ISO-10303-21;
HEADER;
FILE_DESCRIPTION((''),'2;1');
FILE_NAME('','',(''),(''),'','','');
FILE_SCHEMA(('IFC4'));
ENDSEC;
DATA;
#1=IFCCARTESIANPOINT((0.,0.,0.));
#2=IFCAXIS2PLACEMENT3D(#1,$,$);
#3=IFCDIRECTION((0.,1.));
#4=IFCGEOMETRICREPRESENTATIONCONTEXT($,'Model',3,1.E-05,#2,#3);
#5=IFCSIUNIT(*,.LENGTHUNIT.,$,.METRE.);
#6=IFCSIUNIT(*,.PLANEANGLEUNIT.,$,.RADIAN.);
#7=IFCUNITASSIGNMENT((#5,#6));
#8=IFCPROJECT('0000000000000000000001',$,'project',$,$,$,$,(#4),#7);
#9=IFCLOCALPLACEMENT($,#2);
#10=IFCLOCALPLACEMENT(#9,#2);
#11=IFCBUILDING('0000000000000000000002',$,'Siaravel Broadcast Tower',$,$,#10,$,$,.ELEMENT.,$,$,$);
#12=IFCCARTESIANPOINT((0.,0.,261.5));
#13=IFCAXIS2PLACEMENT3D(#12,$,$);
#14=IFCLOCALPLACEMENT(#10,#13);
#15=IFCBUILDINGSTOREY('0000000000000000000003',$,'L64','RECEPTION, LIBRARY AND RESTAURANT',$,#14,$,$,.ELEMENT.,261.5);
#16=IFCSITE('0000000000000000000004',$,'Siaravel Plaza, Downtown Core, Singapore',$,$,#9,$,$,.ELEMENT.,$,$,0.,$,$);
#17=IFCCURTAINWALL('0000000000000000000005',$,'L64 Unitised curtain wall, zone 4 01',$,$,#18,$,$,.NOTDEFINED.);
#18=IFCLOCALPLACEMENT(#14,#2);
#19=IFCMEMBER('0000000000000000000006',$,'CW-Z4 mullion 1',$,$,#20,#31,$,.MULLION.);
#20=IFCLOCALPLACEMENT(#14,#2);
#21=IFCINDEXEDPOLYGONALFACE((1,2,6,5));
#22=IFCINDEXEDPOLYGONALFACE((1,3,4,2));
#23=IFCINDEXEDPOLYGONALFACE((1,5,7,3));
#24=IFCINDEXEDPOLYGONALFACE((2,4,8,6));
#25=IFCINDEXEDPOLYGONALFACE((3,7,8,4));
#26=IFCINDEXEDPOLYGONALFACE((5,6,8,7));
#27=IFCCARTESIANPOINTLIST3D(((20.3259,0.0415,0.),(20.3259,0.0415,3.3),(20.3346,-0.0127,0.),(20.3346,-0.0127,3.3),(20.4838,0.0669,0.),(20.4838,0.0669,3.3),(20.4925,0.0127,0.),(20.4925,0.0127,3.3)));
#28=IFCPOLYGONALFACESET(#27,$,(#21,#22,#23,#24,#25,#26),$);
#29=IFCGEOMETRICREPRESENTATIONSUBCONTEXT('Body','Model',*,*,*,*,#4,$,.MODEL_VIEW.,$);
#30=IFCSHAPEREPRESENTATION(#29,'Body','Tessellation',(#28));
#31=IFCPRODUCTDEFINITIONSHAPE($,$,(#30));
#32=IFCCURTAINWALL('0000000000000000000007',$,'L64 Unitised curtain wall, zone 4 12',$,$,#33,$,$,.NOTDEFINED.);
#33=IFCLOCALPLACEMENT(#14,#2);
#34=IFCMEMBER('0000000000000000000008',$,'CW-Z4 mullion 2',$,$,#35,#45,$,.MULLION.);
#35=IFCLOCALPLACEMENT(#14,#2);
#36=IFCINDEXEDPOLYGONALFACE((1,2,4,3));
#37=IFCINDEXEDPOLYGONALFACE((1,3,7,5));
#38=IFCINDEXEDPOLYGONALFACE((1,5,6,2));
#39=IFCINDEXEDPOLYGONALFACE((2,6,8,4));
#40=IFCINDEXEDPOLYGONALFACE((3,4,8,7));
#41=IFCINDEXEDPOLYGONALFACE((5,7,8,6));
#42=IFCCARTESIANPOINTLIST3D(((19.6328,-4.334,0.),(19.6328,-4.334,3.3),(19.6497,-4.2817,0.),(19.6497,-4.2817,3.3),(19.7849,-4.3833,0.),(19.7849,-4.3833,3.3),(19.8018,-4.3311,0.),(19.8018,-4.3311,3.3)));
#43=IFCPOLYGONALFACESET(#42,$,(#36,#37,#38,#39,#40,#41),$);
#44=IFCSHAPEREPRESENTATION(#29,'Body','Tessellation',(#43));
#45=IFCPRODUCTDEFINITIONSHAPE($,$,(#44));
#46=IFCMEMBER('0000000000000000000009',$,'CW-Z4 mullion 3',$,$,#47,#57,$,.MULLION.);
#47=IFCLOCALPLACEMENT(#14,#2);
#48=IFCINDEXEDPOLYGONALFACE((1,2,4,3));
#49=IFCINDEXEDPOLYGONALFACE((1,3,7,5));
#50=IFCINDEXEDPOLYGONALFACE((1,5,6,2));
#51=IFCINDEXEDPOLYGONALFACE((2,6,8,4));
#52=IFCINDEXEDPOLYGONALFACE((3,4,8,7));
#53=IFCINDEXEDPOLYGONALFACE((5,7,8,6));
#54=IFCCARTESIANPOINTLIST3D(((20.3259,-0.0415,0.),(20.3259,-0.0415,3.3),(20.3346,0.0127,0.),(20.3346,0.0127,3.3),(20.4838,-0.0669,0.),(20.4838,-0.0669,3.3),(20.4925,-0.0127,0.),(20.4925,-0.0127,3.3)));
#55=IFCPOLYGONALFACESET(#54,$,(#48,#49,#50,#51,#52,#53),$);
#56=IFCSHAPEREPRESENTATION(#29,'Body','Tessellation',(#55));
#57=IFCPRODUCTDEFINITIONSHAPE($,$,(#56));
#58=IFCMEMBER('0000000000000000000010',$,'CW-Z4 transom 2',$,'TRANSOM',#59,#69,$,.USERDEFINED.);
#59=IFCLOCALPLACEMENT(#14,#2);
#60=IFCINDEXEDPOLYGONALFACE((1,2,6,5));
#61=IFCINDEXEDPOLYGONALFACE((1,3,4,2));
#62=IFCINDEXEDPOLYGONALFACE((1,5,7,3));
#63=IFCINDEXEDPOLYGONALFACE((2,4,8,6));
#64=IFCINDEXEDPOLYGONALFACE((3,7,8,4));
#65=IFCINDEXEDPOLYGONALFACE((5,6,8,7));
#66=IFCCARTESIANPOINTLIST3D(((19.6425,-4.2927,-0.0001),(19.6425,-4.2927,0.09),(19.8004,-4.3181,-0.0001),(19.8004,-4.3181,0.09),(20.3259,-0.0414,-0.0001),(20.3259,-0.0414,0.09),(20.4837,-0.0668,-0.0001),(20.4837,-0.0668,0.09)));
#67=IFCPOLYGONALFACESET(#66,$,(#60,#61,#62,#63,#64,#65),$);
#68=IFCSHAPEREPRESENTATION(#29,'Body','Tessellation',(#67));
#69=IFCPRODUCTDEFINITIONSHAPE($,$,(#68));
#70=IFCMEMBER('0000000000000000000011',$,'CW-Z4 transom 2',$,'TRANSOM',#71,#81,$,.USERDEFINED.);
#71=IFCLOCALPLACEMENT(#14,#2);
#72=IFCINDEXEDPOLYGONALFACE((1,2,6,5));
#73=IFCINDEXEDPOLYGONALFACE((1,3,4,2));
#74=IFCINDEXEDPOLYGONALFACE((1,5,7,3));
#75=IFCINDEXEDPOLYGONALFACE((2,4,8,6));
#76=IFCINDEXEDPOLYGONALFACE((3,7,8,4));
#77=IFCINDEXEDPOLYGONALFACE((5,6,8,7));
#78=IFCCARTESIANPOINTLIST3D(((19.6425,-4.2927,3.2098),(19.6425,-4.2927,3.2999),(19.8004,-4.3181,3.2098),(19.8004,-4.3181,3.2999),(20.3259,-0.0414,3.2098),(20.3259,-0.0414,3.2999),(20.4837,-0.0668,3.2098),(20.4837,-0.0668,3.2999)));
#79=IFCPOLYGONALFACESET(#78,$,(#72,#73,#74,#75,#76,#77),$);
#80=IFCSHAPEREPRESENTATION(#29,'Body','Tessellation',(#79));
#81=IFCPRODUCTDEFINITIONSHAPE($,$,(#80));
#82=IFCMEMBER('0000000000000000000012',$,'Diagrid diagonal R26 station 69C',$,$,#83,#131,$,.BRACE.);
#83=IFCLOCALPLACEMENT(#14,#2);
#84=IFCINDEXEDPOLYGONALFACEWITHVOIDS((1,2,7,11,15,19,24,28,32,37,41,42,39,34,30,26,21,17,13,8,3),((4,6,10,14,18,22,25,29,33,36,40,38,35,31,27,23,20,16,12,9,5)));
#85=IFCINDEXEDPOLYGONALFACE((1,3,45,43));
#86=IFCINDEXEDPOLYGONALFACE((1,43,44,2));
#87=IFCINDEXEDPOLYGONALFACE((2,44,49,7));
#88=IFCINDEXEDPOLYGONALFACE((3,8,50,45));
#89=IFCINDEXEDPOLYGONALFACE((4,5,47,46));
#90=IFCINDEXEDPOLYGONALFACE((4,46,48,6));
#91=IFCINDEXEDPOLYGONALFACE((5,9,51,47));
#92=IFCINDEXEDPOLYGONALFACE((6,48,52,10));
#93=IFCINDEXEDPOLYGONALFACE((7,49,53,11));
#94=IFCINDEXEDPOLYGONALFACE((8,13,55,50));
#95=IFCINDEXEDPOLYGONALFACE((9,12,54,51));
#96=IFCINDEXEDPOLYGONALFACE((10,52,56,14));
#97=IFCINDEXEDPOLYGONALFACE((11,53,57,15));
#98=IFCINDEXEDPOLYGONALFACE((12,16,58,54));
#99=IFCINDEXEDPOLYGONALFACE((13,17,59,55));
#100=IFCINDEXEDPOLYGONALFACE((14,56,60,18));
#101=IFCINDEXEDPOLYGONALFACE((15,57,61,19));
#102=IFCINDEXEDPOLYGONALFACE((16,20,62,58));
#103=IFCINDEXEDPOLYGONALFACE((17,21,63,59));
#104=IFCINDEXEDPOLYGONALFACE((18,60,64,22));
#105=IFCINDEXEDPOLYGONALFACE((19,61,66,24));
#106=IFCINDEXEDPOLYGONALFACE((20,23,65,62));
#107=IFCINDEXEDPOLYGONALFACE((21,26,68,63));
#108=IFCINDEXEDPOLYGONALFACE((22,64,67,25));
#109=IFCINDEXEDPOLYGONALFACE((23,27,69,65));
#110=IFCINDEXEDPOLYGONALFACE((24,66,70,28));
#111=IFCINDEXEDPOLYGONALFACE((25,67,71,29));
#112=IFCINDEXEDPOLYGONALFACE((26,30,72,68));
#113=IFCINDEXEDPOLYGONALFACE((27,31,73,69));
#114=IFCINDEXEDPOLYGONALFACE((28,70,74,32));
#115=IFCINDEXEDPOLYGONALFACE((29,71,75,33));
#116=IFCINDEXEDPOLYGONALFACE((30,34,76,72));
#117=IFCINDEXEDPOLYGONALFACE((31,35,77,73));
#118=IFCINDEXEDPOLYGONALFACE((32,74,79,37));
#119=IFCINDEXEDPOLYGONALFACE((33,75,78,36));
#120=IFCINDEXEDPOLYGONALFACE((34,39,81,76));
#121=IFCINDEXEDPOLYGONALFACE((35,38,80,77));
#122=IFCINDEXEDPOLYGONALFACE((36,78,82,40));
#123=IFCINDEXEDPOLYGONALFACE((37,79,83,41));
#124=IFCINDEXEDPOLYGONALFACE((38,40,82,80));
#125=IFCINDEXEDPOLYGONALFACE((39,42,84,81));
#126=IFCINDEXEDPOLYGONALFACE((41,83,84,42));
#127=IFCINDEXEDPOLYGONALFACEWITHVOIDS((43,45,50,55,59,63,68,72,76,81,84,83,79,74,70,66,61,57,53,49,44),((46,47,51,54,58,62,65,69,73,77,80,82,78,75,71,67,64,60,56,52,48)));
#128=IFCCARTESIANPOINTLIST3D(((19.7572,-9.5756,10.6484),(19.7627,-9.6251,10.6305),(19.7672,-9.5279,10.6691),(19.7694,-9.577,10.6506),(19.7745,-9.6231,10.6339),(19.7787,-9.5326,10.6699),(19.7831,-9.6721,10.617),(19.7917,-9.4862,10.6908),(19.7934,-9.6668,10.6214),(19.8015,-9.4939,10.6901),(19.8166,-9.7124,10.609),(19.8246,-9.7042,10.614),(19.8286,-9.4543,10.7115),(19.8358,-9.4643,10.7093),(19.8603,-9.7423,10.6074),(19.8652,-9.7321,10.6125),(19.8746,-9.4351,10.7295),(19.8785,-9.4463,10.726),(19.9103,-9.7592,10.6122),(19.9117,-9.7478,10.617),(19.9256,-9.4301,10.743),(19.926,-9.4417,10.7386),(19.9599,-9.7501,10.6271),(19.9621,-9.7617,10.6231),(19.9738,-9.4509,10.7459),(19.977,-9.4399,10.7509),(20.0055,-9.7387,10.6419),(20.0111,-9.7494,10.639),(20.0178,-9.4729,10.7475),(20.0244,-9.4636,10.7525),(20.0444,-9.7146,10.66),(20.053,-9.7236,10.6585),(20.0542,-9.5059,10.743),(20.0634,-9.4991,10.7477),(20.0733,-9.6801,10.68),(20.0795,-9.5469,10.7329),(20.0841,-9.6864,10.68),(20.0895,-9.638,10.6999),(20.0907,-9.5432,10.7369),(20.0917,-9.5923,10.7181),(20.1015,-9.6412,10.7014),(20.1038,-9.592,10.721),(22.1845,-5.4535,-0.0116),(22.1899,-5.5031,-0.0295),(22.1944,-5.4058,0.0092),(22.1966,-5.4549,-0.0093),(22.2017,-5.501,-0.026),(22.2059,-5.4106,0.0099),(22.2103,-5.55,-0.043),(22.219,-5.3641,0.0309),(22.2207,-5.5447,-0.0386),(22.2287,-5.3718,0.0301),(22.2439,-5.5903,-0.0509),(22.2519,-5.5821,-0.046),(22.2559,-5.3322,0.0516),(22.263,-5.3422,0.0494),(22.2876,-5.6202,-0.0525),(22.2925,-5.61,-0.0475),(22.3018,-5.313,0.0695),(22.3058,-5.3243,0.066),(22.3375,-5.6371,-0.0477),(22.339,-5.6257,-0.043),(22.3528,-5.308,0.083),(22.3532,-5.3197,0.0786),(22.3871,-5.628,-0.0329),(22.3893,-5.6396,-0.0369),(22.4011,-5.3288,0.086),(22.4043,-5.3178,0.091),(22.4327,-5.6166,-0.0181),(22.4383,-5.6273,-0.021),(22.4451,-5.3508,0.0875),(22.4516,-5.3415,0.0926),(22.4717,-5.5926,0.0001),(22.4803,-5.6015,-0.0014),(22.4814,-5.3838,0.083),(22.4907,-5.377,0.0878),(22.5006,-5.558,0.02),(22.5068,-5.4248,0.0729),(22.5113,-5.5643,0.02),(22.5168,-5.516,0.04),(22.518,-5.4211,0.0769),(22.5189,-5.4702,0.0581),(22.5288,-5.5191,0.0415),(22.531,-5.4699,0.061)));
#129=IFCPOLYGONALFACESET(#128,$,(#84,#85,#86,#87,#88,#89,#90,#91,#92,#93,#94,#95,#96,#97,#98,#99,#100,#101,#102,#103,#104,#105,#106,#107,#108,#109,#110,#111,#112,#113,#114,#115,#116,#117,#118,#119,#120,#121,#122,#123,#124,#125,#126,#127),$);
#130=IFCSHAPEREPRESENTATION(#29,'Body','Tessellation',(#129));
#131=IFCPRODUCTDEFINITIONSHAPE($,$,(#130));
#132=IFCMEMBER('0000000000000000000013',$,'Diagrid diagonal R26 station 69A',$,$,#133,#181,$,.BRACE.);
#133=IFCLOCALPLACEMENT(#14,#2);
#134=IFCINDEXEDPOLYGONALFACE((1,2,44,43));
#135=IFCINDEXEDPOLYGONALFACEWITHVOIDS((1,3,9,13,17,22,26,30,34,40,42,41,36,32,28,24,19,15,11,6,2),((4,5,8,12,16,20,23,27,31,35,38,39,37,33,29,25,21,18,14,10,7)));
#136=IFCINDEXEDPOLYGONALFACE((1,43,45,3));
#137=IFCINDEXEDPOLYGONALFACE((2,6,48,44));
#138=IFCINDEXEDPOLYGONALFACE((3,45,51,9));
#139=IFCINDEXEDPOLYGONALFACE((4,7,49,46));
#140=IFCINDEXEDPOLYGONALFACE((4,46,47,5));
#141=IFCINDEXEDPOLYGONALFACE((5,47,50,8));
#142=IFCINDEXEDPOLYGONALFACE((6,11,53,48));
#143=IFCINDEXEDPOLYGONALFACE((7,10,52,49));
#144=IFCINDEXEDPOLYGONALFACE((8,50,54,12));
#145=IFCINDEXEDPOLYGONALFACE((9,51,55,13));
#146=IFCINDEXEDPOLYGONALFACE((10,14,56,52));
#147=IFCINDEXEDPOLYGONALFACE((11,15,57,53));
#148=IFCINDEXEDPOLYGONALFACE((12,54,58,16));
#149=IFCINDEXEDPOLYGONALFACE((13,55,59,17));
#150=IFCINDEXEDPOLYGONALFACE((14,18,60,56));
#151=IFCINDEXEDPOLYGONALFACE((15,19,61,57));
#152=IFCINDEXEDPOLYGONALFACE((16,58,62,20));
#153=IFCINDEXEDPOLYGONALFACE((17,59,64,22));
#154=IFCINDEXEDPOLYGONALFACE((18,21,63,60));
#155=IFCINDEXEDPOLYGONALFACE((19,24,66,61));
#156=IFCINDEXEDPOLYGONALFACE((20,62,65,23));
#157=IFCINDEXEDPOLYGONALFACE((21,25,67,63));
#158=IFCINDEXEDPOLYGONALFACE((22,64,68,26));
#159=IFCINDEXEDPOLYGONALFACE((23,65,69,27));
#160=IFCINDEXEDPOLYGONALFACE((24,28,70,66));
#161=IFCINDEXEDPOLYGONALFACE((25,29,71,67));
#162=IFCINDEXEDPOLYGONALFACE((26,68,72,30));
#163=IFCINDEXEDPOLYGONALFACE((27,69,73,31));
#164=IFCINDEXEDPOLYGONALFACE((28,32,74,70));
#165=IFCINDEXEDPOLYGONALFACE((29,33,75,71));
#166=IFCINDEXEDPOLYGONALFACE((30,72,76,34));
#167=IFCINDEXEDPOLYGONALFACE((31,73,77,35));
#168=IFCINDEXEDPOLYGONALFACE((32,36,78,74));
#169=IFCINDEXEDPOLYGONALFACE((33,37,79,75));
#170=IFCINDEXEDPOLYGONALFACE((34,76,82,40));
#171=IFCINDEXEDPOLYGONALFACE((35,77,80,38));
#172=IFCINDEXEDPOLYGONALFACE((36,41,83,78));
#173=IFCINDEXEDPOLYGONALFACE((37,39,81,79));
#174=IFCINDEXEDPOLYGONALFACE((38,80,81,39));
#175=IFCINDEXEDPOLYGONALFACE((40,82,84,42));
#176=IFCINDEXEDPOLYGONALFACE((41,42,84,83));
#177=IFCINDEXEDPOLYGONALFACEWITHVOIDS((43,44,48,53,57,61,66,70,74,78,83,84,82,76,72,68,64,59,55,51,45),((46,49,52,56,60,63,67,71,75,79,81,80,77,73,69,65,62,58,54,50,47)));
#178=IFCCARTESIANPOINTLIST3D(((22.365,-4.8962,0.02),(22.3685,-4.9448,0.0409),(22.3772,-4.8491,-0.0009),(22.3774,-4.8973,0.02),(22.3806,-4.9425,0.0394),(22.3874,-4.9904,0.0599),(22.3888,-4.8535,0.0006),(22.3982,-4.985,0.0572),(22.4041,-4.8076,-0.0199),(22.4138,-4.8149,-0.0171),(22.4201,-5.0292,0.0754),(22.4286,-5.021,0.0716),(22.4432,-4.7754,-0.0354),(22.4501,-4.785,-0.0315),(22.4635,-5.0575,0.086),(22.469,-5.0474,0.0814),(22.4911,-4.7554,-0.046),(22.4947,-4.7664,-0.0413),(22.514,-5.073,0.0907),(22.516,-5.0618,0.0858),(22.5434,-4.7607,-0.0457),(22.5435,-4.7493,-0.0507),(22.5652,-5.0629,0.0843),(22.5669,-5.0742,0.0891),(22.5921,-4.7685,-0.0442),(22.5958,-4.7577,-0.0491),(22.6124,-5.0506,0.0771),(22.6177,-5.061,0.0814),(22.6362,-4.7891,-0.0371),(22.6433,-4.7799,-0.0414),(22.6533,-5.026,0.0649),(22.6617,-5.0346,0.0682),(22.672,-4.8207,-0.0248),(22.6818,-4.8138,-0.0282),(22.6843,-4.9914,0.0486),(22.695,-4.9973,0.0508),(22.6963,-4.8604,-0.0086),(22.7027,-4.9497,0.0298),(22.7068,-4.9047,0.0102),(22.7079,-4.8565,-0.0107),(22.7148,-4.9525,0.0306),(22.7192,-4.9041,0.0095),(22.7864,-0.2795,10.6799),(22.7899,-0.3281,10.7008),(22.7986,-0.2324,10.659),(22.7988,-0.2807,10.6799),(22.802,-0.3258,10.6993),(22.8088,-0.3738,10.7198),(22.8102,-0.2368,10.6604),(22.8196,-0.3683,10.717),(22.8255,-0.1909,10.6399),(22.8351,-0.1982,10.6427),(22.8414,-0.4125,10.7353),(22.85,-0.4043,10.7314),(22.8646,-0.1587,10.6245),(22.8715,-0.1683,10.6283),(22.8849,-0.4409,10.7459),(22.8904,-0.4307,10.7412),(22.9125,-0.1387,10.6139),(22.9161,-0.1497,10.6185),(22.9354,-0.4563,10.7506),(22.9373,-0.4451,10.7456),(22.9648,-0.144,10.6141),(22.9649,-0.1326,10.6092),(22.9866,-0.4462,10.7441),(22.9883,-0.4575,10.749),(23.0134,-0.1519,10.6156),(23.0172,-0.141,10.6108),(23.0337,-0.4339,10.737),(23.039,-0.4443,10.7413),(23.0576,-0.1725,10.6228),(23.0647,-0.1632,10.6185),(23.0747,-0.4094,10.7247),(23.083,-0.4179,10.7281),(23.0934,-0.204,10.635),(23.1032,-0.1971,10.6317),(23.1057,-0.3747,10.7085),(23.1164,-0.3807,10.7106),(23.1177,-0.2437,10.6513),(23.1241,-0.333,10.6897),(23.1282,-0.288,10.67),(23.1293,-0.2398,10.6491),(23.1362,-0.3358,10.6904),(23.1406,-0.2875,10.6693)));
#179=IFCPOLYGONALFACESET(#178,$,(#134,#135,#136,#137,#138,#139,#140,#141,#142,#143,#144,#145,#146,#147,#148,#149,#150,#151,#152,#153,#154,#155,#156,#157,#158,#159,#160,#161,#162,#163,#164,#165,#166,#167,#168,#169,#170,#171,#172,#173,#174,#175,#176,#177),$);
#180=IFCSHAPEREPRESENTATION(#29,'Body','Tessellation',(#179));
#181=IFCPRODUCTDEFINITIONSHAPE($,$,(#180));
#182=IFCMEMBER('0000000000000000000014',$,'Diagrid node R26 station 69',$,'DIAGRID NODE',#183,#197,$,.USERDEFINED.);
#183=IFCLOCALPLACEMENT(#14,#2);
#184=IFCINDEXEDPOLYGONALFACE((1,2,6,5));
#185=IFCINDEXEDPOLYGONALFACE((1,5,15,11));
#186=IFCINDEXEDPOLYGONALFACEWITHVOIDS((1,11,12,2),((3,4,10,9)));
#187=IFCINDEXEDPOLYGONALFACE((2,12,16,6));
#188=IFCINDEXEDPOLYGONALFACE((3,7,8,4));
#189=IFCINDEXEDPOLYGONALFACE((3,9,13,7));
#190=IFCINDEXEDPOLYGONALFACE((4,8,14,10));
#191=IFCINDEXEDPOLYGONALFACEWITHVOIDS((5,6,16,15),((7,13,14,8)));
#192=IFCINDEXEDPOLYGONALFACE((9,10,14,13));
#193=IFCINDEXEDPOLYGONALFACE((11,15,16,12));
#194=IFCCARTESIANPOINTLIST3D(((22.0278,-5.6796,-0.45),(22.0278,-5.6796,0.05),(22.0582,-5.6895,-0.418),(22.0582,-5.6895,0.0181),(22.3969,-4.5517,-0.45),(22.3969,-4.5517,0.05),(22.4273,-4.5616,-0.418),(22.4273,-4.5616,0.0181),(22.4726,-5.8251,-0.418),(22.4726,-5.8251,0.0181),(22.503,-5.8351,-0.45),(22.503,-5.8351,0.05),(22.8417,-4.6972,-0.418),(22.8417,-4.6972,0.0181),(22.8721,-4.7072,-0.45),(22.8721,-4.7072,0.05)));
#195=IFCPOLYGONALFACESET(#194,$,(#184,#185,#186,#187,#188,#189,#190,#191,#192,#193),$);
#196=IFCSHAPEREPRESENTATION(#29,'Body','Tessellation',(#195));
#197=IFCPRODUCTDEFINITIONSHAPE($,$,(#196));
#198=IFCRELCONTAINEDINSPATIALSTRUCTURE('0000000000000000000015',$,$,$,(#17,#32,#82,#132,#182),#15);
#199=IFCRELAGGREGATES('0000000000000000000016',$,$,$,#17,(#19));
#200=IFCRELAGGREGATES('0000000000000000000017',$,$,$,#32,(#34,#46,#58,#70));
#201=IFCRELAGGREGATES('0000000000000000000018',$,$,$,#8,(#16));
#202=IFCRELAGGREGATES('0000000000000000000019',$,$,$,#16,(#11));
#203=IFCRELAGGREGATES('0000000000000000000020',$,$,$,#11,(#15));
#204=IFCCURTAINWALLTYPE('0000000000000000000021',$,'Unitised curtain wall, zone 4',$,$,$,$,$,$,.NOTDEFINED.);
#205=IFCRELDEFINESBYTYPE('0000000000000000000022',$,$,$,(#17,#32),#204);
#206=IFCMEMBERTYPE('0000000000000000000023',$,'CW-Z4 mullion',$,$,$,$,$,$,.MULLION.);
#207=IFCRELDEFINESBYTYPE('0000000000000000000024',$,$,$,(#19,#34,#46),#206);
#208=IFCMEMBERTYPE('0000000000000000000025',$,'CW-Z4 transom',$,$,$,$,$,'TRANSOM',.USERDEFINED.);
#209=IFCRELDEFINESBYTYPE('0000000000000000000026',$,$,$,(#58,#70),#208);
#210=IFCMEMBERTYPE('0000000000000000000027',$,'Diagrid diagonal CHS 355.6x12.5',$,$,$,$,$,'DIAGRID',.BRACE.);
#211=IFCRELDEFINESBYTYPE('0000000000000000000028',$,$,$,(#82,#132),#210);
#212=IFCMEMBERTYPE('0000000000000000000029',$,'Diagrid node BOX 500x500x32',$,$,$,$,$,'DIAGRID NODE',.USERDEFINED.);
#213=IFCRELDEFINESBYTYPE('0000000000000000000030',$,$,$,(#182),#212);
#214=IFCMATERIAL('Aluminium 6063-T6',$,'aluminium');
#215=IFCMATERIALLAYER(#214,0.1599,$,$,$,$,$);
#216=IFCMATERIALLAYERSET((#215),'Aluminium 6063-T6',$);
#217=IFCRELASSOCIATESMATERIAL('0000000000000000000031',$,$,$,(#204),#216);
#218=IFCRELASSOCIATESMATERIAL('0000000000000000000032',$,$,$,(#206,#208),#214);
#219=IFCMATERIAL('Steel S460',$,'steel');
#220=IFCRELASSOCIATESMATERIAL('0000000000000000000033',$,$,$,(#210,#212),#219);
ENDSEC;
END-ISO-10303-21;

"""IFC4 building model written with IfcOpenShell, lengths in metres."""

from ifc_helpers import new_model, si_unit, direction, frame, origin, origin_2d, place, context, subcontext, project, spatial, rectangle, hollow_rectangle, hollow_circle, extrude, material, layer, layer_set, material_profile, profile_set, type_object, element, aggregate, save


model = new_model("IFC4")

# Units and contexts
model_context = context("Model", 3, precision=1e-05, world=origin(), true_north=direction((0.0, 1.0)))
body_context = subcontext(model_context, "Body", "Model", "MODEL_VIEW")
ifc_project = project(units=[si_unit("LENGTHUNIT", "METRE"), si_unit("PLANEANGLEUNIT", "RADIAN")], contexts=[model_context])

# Site, building, storey
site_placement = place(None, origin())
site = spatial("IfcSite", under=ifc_project, at=site_placement, Name="Siaravel Plaza, Downtown Core, Singapore", CompositionType="ELEMENT", RefElevation=0.0)
building_placement = place(site_placement, origin())
building = spatial("IfcBuilding", under=site, at=building_placement, Name="Siaravel Broadcast Tower", CompositionType="ELEMENT")
storey_placement = place(building_placement, frame((0.0, 0.0, 261.5)))
storey = spatial("IfcBuildingStorey", under=building, at=storey_placement, Name="L64", Description="RECEPTION, LIBRARY AND RESTAURANT", CompositionType="ELEMENT", Elevation=261.5)

# Curtain wall, member
ifc_material_1 = material(Name="Aluminium 6063-T6", Category="aluminium")
ifc_layer_1 = layer(ifc_material_1, 0.1599)
ifc_layer_set_1 = layer_set([ifc_layer_1], Name="Aluminium 6063-T6")
curtain_wall_type = type_object("IfcCurtainWallType", Name="Unitised curtain wall, zone 4", PredefinedType="NOTDEFINED", material=ifc_layer_set_1)
curtain_wall_1_placement = place(storey_placement, origin())
curtain_wall_1 = element("IfcCurtainWall", 1, at=curtain_wall_1_placement, inside=storey, type_object=curtain_wall_type, Name="L64 Unitised curtain wall, zone 4 01", PredefinedType="NOTDEFINED")
ifc_material_profile_1 = material_profile(ifc_material_1, rectangle(XDim=0.1599, YDim=0.0549, at=origin_2d()))
ifc_profile_set_1 = profile_set([ifc_material_profile_1], Name="Aluminium 6063-T6")
member_type_1 = type_object("IfcMemberType", Name="CW-Z4 mullion", PredefinedType="MULLION", material=ifc_profile_set_1)
member_1_placement = place(storey_placement, frame((20.4092, 0.0271, 0.0), z_axis=(0.0, 0.0, 1.0), x_axis=(-0.987329, -0.158685, 0.0)))
member_1 = element("IfcMember", 2, at=member_1_placement, type_object=member_type_1, Name="CW-Z4 mullion 1", PredefinedType="MULLION", context=body_context, shape_type="SweptSolid", body=[
    extrude(rectangle(XDim=0.1599, YDim=0.0549, at=origin_2d()), origin(), (0.0, 0.0, 1.0), 3.3),
])
aggregate(curtain_wall_1, [member_1])

# Curtain wall, members
curtain_wall_2_placement = place(storey_placement, origin())
curtain_wall_2 = element("IfcCurtainWall", 3, at=curtain_wall_2_placement, inside=storey, type_object=curtain_wall_type, Name="L64 Unitised curtain wall, zone 4 12", PredefinedType="NOTDEFINED")
member_2_placement = place(storey_placement, frame((19.7173, -4.3325, 0.0), z_axis=(0.0, 0.0, 1.0), x_axis=(-0.951178, 0.308644, 0.0)))
member_2 = element("IfcMember", 4, at=member_2_placement, type_object=member_type_1, Name="CW-Z4 mullion 2", PredefinedType="MULLION", context=body_context, shape_type="SweptSolid", body=[
    extrude(rectangle(XDim=0.1599, YDim=0.0549, at=origin_2d()), origin(), (0.0, 0.0, 1.0), 3.3),
])
member_3_placement = place(storey_placement, frame((20.4092, -0.0271, 0.0), z_axis=(0.0, 0.0, 1.0), x_axis=(-0.987329, 0.158685, 0.0)))
member_3 = element("IfcMember", 5, at=member_3_placement, type_object=member_type_1, Name="CW-Z4 mullion 3", PredefinedType="MULLION", context=body_context, shape_type="SweptSolid", body=[
    extrude(rectangle(XDim=0.1599, YDim=0.0549, at=origin_2d()), origin(), (0.0, 0.0, 1.0), 3.3),
])
ifc_material_profile_2 = material_profile(ifc_material_1, rectangle(XDim=0.1599, YDim=0.0901, at=origin_2d()))
ifc_profile_set_2 = profile_set([ifc_material_profile_2], Name="Aluminium 6063-T6")
member_type_2 = type_object("IfcMemberType", Name="CW-Z4 transom", ElementType="TRANSOM", PredefinedType="USERDEFINED", material=ifc_profile_set_2)
member_4_placement = place(storey_placement, frame((19.7214, -4.3054, 0.0449), z_axis=(0.158705, 0.987326, 0.0), x_axis=(-0.987326, 0.158705, 0.0)))
member_4 = element("IfcMember", 6, at=member_4_placement, type_object=member_type_2, Name="CW-Z4 transom 2", ObjectType="TRANSOM", PredefinedType="USERDEFINED", context=body_context, shape_type="SweptSolid", body=[
    extrude(rectangle(XDim=0.1599, YDim=0.0901, at=origin_2d()), origin(), (0.0, 0.0, 1.0), 4.3059),
])
member_5_placement = place(storey_placement, frame((19.7214, -4.3054, 3.2549), z_axis=(0.158705, 0.987326, 0.0), x_axis=(-0.987326, 0.158705, 0.0)))
member_5 = element("IfcMember", 7, at=member_5_placement, type_object=member_type_2, Name="CW-Z4 transom 2", ObjectType="TRANSOM", PredefinedType="USERDEFINED", context=body_context, shape_type="SweptSolid", body=[
    extrude(rectangle(XDim=0.1599, YDim=0.0901, at=origin_2d()), origin(), (0.0, 0.0, 1.0), 4.3059),
])

# Members
ifc_material_2 = material(Name="Steel S460", Category="steel")
ifc_material_profile_3 = material_profile(ifc_material_2, hollow_circle(Radius=0.1777, WallThickness=0.0125, at=origin_2d()))
ifc_profile_set_3 = profile_set([ifc_material_profile_3], Name="Steel S460")
member_type_3 = type_object("IfcMemberType", Name="Diagrid diagonal CHS 355.6x12.5", ElementType="DIAGRID", PredefinedType="BRACE", material=ifc_profile_set_3)
member_6_placement = place(storey_placement, frame((22.3582, -5.4741, 0.02), z_axis=(-0.20774, -0.352795, 0.912348), x_axis=(0.861706, -0.507408, 0.0)))
element("IfcMember", 8, at=member_6_placement, inside=storey, type_object=member_type_3, Name="Diagrid diagonal R26 station 69C", PredefinedType="BRACE", context=body_context, shape_type="SweptSolid", body=[
    extrude(hollow_circle(Radius=0.1777, WallThickness=0.0125, at=origin_2d()), origin(), (0.0, 0.0, 1.0), 11.6841),
])
member_7_placement = place(storey_placement, frame((22.542, -4.9124, 0.02), z_axis=(0.03625, 0.397158, 0.917034), x_axis=(-0.99586, 0.090897, 0.0)))
element("IfcMember", 9, at=member_7_placement, inside=storey, type_object=member_type_3, Name="Diagrid diagonal R26 station 69A", PredefinedType="BRACE", context=body_context, shape_type="SweptSolid", body=[
    extrude(hollow_circle(Radius=0.1777, WallThickness=0.0125, at=origin_2d()), origin(), (0.0, 0.0, 1.0), 11.6243),
])
ifc_material_profile_4 = material_profile(ifc_material_2, hollow_rectangle(XDim=0.5, YDim=0.5, WallThickness=0.032, at=origin_2d()))
ifc_profile_set_4 = profile_set([ifc_material_profile_4], Name="Steel S460")
member_type_4 = type_object("IfcMemberType", Name="Diagrid node BOX 500x500x32", ElementType="DIAGRID NODE", PredefinedType="USERDEFINED", material=ifc_profile_set_4)
member_8_placement = place(storey_placement, frame((22.2654, -5.7573, -0.2), z_axis=(0.311039, 0.950397, 0.0), x_axis=(-0.950397, 0.311039, 0.0)))
element("IfcMember", 10, at=member_8_placement, inside=storey, type_object=member_type_4, Name="Diagrid node R26 station 69", ObjectType="DIAGRID NODE", PredefinedType="USERDEFINED", context=body_context, shape_type="SweptSolid", body=[
    extrude(hollow_rectangle(XDim=0.5, YDim=0.5, WallThickness=0.032, at=origin_2d()), origin(), (0.0, 0.0, 1.0), 1.1868),
])

aggregate(curtain_wall_2, [member_2, member_3, member_4, member_5])

save(model, "model.ifc")
